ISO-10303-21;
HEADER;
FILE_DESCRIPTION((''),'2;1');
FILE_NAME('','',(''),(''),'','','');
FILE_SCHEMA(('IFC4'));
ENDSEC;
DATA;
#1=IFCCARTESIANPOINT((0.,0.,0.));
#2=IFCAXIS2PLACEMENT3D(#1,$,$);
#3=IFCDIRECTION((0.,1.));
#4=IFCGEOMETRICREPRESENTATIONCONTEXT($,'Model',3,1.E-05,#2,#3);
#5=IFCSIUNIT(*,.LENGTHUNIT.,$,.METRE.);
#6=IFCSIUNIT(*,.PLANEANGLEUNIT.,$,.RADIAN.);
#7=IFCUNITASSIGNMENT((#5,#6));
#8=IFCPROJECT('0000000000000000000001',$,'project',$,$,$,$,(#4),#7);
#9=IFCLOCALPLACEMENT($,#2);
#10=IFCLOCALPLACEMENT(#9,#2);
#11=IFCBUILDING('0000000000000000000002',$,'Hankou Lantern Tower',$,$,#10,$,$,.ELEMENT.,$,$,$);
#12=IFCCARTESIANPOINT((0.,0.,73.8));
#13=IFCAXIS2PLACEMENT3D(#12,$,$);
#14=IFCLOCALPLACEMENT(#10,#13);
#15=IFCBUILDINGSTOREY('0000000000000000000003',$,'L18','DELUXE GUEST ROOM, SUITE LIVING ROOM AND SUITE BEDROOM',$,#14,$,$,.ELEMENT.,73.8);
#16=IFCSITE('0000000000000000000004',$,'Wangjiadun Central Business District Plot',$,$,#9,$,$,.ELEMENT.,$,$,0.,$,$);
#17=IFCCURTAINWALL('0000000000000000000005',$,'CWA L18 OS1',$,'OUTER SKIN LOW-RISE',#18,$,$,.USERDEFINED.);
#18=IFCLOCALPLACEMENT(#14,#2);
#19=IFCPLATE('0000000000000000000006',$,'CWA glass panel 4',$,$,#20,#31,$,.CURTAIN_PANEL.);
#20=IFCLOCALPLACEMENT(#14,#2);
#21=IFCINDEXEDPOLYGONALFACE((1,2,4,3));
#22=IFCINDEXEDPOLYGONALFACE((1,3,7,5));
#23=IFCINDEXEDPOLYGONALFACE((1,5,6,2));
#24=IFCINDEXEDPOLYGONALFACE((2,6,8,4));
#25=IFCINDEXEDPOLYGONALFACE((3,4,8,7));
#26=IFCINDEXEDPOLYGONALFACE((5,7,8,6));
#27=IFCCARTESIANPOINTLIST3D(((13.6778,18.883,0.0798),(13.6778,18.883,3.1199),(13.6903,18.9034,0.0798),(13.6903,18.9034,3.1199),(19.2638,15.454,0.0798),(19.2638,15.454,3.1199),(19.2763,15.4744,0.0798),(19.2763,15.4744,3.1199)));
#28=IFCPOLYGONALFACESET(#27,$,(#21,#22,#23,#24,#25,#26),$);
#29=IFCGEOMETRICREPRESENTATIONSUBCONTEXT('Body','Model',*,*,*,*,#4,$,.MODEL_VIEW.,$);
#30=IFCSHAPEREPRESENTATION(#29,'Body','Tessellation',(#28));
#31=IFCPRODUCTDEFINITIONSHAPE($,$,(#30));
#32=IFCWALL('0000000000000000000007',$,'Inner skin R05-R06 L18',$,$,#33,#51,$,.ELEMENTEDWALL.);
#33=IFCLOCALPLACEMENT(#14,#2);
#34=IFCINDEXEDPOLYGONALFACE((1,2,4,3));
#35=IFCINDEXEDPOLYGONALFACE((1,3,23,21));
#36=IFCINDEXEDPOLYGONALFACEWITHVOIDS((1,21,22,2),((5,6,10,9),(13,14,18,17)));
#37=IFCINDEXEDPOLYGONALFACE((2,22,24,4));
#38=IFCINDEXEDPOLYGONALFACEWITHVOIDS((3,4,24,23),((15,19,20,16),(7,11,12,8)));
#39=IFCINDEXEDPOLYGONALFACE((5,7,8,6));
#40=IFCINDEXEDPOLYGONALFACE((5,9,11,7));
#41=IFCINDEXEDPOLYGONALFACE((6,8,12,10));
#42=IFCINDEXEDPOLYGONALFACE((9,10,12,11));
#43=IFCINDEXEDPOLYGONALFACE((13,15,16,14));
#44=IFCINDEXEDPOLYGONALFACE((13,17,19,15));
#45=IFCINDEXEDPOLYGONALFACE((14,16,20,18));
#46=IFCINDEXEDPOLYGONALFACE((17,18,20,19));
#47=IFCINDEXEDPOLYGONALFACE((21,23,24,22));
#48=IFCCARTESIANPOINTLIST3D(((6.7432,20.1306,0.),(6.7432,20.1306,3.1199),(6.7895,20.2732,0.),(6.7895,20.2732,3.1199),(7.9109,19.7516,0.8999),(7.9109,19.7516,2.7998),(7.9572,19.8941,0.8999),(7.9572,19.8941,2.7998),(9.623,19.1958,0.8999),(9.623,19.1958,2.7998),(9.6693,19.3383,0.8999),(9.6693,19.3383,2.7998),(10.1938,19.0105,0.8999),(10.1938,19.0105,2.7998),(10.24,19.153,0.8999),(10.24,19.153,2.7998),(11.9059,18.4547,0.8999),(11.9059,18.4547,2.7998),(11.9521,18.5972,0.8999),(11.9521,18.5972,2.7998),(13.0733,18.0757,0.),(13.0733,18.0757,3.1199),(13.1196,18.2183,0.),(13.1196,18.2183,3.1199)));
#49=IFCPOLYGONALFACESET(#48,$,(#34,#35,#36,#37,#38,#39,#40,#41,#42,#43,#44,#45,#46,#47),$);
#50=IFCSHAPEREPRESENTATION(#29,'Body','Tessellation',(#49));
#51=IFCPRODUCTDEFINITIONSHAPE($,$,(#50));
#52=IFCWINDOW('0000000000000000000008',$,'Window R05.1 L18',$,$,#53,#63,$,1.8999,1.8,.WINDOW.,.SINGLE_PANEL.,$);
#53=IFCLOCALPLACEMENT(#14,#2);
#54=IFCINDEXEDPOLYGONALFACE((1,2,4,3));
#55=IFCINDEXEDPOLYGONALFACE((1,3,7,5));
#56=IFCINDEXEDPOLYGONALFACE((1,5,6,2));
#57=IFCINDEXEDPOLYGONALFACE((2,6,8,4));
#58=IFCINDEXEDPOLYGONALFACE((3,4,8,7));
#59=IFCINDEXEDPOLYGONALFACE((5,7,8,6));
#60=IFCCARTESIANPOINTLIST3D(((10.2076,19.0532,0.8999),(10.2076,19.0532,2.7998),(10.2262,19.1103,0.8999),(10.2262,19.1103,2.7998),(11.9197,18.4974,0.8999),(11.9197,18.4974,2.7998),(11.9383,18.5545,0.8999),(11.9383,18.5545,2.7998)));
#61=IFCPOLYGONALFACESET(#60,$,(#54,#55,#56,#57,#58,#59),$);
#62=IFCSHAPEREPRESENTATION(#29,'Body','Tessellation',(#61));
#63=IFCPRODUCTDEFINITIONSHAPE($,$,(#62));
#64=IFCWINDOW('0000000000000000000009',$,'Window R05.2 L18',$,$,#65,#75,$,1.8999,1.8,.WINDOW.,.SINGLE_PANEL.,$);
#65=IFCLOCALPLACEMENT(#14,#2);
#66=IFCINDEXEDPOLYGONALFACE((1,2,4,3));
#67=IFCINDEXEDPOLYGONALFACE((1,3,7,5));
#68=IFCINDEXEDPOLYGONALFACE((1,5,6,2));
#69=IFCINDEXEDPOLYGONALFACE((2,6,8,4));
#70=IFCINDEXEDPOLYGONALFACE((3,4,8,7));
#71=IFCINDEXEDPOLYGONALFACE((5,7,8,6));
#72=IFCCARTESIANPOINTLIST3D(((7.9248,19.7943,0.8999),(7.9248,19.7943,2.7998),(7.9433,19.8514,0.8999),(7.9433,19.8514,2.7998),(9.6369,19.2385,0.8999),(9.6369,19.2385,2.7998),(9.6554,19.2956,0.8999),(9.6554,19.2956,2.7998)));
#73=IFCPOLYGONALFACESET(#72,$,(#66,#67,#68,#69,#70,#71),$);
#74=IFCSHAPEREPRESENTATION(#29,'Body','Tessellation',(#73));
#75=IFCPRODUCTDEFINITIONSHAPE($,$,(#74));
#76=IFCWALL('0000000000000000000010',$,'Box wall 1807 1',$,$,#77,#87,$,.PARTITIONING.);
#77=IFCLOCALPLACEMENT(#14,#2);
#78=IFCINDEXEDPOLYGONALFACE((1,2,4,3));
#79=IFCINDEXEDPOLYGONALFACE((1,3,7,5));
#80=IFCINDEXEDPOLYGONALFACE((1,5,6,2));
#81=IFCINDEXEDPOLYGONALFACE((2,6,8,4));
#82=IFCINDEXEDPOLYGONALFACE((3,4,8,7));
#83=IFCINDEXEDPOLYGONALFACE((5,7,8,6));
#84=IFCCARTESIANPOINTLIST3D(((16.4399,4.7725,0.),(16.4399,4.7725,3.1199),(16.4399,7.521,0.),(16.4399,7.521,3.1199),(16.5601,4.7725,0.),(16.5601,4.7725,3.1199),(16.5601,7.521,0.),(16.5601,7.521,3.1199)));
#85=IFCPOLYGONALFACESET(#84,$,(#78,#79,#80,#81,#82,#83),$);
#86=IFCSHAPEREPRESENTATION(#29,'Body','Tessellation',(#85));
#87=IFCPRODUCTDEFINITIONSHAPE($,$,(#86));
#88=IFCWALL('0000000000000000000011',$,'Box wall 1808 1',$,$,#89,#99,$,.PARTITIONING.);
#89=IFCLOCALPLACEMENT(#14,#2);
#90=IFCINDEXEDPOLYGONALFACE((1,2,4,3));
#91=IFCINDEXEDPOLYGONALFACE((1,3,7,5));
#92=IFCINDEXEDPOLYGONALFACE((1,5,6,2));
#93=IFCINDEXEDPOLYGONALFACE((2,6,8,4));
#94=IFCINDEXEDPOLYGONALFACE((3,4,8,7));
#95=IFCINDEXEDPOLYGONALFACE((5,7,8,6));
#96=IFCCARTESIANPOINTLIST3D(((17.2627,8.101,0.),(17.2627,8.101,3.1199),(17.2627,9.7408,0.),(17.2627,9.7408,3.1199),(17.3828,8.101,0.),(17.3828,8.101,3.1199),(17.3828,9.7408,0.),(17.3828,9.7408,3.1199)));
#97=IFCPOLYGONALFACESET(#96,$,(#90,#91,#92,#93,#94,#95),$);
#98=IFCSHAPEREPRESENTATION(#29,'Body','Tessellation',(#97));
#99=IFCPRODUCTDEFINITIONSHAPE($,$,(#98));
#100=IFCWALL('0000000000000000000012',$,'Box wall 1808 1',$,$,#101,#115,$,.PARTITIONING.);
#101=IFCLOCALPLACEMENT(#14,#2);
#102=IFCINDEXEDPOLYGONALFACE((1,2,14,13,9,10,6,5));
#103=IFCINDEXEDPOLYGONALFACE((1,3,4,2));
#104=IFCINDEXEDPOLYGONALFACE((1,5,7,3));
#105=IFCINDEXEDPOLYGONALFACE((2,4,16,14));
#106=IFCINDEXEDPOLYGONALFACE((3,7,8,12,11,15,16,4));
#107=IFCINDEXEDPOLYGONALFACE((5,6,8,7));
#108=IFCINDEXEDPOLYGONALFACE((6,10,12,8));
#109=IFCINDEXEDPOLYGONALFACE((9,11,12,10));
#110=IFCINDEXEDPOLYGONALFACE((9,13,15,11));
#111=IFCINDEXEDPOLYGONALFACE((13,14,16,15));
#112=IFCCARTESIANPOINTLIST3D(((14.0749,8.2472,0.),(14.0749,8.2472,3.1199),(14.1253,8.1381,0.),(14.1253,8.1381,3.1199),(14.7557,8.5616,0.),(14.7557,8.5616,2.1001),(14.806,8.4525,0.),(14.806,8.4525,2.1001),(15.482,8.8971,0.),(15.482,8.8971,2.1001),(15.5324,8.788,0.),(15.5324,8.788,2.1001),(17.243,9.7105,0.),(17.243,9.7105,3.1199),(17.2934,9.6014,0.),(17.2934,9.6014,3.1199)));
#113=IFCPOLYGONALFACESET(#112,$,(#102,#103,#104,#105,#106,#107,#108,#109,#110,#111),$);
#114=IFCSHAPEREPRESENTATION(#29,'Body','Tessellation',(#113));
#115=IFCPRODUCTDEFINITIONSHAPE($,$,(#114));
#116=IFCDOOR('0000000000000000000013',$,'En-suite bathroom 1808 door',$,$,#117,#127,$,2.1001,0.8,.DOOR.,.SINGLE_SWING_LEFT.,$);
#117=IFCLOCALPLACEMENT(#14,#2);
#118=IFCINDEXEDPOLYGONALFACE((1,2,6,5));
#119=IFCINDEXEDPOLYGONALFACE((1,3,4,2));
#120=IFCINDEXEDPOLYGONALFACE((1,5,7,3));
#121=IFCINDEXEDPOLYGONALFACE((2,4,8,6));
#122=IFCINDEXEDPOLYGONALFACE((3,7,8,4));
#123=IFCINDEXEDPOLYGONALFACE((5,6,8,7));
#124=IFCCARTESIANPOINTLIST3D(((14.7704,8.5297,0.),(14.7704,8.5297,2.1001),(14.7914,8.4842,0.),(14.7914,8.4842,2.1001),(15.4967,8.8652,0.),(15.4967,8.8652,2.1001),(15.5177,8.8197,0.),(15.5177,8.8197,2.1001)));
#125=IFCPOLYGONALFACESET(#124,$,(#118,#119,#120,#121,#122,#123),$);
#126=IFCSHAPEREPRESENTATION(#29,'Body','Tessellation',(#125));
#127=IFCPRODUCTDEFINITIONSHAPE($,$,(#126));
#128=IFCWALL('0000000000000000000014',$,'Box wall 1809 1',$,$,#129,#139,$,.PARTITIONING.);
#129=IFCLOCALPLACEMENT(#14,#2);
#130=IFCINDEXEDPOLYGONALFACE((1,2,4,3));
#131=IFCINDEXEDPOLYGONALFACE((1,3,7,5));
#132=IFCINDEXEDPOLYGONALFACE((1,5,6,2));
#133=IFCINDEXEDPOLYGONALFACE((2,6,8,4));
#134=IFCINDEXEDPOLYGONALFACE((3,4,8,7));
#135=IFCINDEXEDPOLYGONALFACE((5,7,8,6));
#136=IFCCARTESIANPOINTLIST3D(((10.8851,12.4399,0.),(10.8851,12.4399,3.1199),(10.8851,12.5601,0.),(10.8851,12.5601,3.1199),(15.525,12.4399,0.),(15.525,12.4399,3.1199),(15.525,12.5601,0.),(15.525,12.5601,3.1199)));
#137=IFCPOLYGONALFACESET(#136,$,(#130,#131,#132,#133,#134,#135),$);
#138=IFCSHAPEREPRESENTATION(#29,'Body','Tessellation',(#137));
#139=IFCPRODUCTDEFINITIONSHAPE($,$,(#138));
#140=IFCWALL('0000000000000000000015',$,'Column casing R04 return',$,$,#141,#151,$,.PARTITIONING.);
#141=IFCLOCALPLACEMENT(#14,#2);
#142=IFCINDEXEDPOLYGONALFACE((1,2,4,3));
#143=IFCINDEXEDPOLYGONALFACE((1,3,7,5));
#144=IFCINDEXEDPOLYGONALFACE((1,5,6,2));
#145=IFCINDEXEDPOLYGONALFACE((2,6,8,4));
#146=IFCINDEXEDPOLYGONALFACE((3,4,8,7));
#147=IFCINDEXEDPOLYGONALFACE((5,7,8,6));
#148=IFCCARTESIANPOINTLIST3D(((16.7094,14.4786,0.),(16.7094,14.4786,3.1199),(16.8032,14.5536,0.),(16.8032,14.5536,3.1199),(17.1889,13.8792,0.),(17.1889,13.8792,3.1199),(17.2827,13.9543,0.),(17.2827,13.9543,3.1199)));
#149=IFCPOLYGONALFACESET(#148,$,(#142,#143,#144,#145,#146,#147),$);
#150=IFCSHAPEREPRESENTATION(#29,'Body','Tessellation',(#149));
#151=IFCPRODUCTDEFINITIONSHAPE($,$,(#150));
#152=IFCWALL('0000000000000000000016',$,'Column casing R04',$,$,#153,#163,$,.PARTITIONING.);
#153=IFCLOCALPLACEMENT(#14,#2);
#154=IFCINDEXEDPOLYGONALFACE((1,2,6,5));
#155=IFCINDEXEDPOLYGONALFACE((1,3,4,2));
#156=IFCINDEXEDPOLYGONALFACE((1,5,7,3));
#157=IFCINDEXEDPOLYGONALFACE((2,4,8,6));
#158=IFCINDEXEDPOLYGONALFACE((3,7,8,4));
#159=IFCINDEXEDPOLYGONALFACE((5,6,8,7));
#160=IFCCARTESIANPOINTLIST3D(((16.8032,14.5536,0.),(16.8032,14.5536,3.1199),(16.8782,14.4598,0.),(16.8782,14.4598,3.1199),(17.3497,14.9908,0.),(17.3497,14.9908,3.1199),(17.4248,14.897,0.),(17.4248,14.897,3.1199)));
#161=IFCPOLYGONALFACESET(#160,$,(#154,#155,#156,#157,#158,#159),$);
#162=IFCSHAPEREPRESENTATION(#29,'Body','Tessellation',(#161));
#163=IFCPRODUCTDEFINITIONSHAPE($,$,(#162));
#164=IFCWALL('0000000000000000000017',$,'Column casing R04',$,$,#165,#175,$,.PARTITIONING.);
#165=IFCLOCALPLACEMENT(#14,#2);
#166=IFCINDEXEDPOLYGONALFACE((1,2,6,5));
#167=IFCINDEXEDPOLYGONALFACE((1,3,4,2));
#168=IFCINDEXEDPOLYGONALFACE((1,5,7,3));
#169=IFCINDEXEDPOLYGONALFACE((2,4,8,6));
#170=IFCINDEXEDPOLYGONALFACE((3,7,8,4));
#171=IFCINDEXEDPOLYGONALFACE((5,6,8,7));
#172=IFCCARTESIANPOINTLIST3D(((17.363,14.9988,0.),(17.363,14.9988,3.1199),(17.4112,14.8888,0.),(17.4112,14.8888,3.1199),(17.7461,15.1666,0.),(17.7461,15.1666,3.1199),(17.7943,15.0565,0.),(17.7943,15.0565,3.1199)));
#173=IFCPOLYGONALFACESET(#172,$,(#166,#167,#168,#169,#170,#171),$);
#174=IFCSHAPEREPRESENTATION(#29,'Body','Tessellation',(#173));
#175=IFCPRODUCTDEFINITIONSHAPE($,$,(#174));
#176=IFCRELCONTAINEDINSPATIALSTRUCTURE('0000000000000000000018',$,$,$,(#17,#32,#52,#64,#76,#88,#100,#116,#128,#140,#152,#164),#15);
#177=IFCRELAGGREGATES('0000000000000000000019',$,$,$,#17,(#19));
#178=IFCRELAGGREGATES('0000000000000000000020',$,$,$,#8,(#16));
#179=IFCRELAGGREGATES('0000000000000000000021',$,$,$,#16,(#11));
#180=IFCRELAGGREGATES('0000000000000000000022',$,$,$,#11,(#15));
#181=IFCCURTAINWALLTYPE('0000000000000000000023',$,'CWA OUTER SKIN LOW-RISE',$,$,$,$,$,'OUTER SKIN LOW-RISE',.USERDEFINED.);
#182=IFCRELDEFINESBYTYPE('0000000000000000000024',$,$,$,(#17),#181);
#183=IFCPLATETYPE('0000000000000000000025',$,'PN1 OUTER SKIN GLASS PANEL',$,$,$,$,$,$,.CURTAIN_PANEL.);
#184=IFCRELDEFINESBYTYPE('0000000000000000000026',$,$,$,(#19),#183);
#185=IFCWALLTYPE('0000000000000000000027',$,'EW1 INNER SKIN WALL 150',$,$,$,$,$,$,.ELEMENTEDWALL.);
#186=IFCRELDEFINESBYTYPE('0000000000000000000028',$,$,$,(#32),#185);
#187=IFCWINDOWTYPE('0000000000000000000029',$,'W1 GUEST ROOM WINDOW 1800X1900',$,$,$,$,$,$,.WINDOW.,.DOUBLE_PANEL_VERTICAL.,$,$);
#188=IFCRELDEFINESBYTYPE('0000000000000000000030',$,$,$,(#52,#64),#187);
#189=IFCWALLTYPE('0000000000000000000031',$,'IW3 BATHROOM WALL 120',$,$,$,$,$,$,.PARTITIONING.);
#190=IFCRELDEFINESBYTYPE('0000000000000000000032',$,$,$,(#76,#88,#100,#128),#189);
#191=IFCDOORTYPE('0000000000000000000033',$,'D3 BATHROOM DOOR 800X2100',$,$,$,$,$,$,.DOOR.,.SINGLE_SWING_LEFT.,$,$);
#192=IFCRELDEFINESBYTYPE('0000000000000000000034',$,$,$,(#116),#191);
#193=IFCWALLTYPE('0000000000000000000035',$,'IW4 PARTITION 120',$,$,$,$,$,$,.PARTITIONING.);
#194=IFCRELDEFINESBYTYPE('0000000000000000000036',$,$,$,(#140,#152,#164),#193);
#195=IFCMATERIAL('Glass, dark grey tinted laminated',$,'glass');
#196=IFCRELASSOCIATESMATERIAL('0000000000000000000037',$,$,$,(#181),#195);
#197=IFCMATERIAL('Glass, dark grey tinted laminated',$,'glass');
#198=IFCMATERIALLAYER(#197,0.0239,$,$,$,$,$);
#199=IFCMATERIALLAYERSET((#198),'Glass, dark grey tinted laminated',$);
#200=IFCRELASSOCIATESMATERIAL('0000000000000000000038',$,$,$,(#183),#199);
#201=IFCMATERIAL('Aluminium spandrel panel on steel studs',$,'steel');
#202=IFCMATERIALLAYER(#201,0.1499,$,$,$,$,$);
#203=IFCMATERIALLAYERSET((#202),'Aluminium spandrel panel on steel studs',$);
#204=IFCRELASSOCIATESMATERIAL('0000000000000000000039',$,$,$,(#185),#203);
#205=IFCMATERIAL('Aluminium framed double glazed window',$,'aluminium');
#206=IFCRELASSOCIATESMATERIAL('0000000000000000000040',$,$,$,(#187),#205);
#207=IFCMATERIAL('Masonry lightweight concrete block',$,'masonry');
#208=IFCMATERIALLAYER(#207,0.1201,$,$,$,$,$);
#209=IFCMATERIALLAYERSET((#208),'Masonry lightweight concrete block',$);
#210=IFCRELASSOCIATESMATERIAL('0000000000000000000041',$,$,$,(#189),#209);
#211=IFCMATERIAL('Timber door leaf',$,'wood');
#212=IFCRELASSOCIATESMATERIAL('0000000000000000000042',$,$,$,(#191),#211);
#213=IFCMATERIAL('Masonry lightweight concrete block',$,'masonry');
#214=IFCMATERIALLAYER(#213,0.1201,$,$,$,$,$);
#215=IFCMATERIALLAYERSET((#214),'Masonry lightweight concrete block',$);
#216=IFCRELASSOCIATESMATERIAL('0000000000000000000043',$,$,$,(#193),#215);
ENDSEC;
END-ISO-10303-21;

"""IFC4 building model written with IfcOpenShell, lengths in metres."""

from ifc_helpers import new_model, si_unit, direction, frame, frame_2d, origin, origin_2d, place, context, subcontext, project, spatial, rectangle, extrude, material, layer, layer_set, type_object, element, fill, aggregate, save


model = new_model("IFC4")

# Units and contexts
model_context = context("Model", 3, precision=1e-05, world=origin(), true_north=direction((0.0, 1.0)))
body_context = subcontext(model_context, "Body", "Model", "MODEL_VIEW")
ifc_project = project(units=[si_unit("LENGTHUNIT", "METRE"), si_unit("PLANEANGLEUNIT", "RADIAN")], contexts=[model_context])

# Site, building, storey
site_placement = place(None, origin())
site = spatial("IfcSite", under=ifc_project, at=site_placement, Name="Wangjiadun Central Business District Plot", CompositionType="ELEMENT", RefElevation=0.0)
building_placement = place(site_placement, origin())
building = spatial("IfcBuilding", under=site, at=building_placement, Name="Hankou Lantern Tower", CompositionType="ELEMENT")
storey_placement = place(building_placement, frame((0.0, 0.0, 73.8)))
storey = spatial("IfcBuildingStorey", under=building, at=storey_placement, Name="L18", Description="DELUXE GUEST ROOM, SUITE LIVING ROOM AND SUITE BEDROOM", CompositionType="ELEMENT", Elevation=73.8)

# Curtain wall
ifc_material_1 = material(Name="Glass, dark grey tinted laminated", Category="glass")
curtain_wall_type = type_object("IfcCurtainWallType", Name="CWA OUTER SKIN LOW-RISE", ElementType="OUTER SKIN LOW-RISE", PredefinedType="USERDEFINED", material=ifc_material_1)
curtain_wall_placement = place(storey_placement, origin())
curtain_wall = element("IfcCurtainWall", 1, at=curtain_wall_placement, inside=storey, type_object=curtain_wall_type, Name="CWA L18 OS1", ObjectType="OUTER SKIN LOW-RISE", PredefinedType="USERDEFINED")

# Plate
ifc_material_2 = material(Name="Glass, dark grey tinted laminated", Category="glass")
ifc_layer_1 = layer(ifc_material_2, 0.0239)
ifc_layer_set_1 = layer_set([ifc_layer_1], Name="Glass, dark grey tinted laminated")
plate_type = type_object("IfcPlateType", Name="PN1 OUTER SKIN GLASS PANEL", PredefinedType="CURTAIN_PANEL", material=ifc_layer_set_1)
plate_placement = place(storey_placement, frame((16.4771, 17.1787, 0.0798), z_axis=(0.0, 0.0, 1.0), x_axis=(-0.852237, 0.523156, 0.0)))
plate = element("IfcPlate", 2, at=plate_placement, type_object=plate_type, Name="CWA glass panel 4", PredefinedType="CURTAIN_PANEL", context=body_context, shape_type="SweptSolid", body=[
    extrude(rectangle(XDim=6.5544, YDim=0.0239, at=origin_2d()), origin(), (0.0, 0.0, 1.0), 3.04),
])
aggregate(curtain_wall, [plate])

# Wall, openings, windows
ifc_material_3 = material(Name="Aluminium spandrel panel on steel studs", Category="steel")
ifc_layer_2 = layer(ifc_material_3, 0.1499)
ifc_layer_set_2 = layer_set([ifc_layer_2], Name="Aluminium spandrel panel on steel studs")
wall_type_1 = type_object("IfcWallType", Name="EW1 INNER SKIN WALL 150", PredefinedType="ELEMENTEDWALL", material=ifc_layer_set_2)
wall_1_placement = place(storey_placement, frame((13.0964, 18.147, 0.0), z_axis=(0.0, 0.0, 1.0), x_axis=(-0.951138, 0.308768, 0.0)))
wall_1 = element("IfcWall", 3, at=wall_1_placement, inside=storey, type_object=wall_type_1, Name="Inner skin R05-R06 L18", PredefinedType="ELEMENTEDWALL", context=body_context, shape_type="SweptSolid", body=[
    extrude(rectangle(XDim=6.6553, YDim=0.1499, at=frame_2d((3.3276, 0.0))), origin(), (0.0, 0.0, 1.0), 3.1199),
])
opening_1_placement = place(wall_1_placement, frame((1.2275, 0.0, 0.8999)))
opening_1 = element("IfcOpeningElement", 4, at=opening_1_placement, cuts=wall_1, PredefinedType="OPENING", context=body_context, shape_type="SweptSolid", body=[
    extrude(rectangle(XDim=1.8, YDim=1.8999, at=frame_2d((0.8999, 0.95))), frame((0.0, 0.085, 0.0), z_axis=(0.0, -1.0, 0.0), x_axis=(1.0, 0.0, 0.0)), (0.0, 0.0, 1.0), 0.1699),
])
opening_2_placement = place(wall_1_placement, frame((3.6277, 0.0, 0.8999)))
opening_2 = element("IfcOpeningElement", 5, at=opening_2_placement, cuts=wall_1, PredefinedType="OPENING", context=body_context, shape_type="SweptSolid", body=[
    extrude(rectangle(XDim=1.8, YDim=1.8999, at=frame_2d((0.8999, 0.95))), frame((0.0, 0.085, 0.0), z_axis=(0.0, -1.0, 0.0), x_axis=(1.0, 0.0, 0.0)), (0.0, 0.0, 1.0), 0.1699),
])
ifc_material_4 = material(Name="Aluminium framed double glazed window", Category="aluminium")
window_type = type_object("IfcWindowType", Name="W1 GUEST ROOM WINDOW 1800X1900", PartitioningType="DOUBLE_PANEL_VERTICAL", PredefinedType="WINDOW", material=ifc_material_4)
window_1_placement = place(opening_1_placement, origin())
window_1 = element("IfcWindow", 6, at=window_1_placement, inside=storey, type_object=window_type, Name="Window R05.1 L18", OverallHeight=1.8999, OverallWidth=1.8, PartitioningType="SINGLE_PANEL", PredefinedType="WINDOW", context=body_context, shape_type="SweptSolid", body=[
    extrude(rectangle(XDim=1.8, YDim=1.8999, at=frame_2d((0.8999, 0.95))), frame((0.0, 0.03, 0.0), z_axis=(0.0, -1.0, 0.0), x_axis=(1.0, 0.0, 0.0)), (0.0, 0.0, 1.0), 0.0601),
])
fill(opening_1, window_1)
window_2_placement = place(opening_2_placement, origin())
window_2 = element("IfcWindow", 7, at=window_2_placement, inside=storey, type_object=window_type, Name="Window R05.2 L18", OverallHeight=1.8999, OverallWidth=1.8, PartitioningType="SINGLE_PANEL", PredefinedType="WINDOW", context=body_context, shape_type="SweptSolid", body=[
    extrude(rectangle(XDim=1.8, YDim=1.8999, at=frame_2d((0.8999, 0.95))), frame((0.0, 0.03, 0.0), z_axis=(0.0, -1.0, 0.0), x_axis=(1.0, 0.0, 0.0)), (0.0, 0.0, 1.0), 0.0601),
])
fill(opening_2, window_2)

# Walls
ifc_material_5 = material(Name="Masonry lightweight concrete block", Category="masonry")
ifc_layer_3 = layer(ifc_material_5, 0.1201)
ifc_layer_set_3 = layer_set([ifc_layer_3], Name="Masonry lightweight concrete block")
wall_type_2 = type_object("IfcWallType", Name="IW3 BATHROOM WALL 120", PredefinedType="PARTITIONING", material=ifc_layer_set_3)
wall_2_placement = place(storey_placement, frame((16.5, 7.521, 0.0), z_axis=(0.0, 0.0, 1.0), x_axis=(0.0, -1.0, 0.0)))
element("IfcWall", 8, at=wall_2_placement, inside=storey, type_object=wall_type_2, Name="Box wall 1807 1", PredefinedType="PARTITIONING", context=body_context, shape_type="SweptSolid", body=[
    extrude(rectangle(XDim=2.7485, YDim=0.1201, at=frame_2d((1.3743, 0.0))), origin(), (0.0, 0.0, 1.0), 3.1199),
])
wall_3_placement = place(storey_placement, frame((17.3228, 8.1011, 0.0), z_axis=(0.0, 0.0, 1.0), x_axis=(0.0, 1.0, 0.0)))
element("IfcWall", 9, at=wall_3_placement, inside=storey, type_object=wall_type_2, Name="Box wall 1808 1", PredefinedType="PARTITIONING", context=body_context, shape_type="SweptSolid", body=[
    extrude(rectangle(XDim=1.6399, YDim=0.1201, at=frame_2d((0.8198, 0.0))), origin(), (0.0, 0.0, 1.0), 3.1199),
])

# Wall, opening, door
wall_4_placement = place(storey_placement, frame((14.1001, 8.1926, 0.0), z_axis=(0.0, 0.0, 1.0), x_axis=(0.907836, 0.419324, 0.0)))
wall_4 = element("IfcWall", 10, at=wall_4_placement, inside=storey, type_object=wall_type_2, Name="Box wall 1808 1", PredefinedType="PARTITIONING", context=body_context, shape_type="SweptSolid", body=[
    extrude(rectangle(XDim=3.4897, YDim=0.1201, at=frame_2d((1.7449, 0.0))), origin(), (0.0, 0.0, 1.0), 3.1199),
])
opening_3_placement = place(wall_4_placement, frame((0.75, 0.0, 0.0)))
opening_3 = element("IfcOpeningElement", 11, at=opening_3_placement, cuts=wall_4, PredefinedType="OPENING", context=body_context, shape_type="SweptSolid", body=[
    extrude(rectangle(XDim=0.8, YDim=2.1001, at=frame_2d((0.3999, 1.05))), frame((0.0, 0.0701, 0.0), z_axis=(0.0, -1.0, 0.0), x_axis=(1.0, 0.0, 0.0)), (0.0, 0.0, 1.0), 0.1401),
])
ifc_material_6 = material(Name="Timber door leaf", Category="wood")
door_type = type_object("IfcDoorType", Name="D3 BATHROOM DOOR 800X2100", OperationType="SINGLE_SWING_LEFT", PredefinedType="DOOR", material=ifc_material_6)
door_placement = place(opening_3_placement, origin())
door = element("IfcDoor", 12, at=door_placement, inside=storey, type_object=door_type, Name="En-suite bathroom 1808 door", OperationType="SINGLE_SWING_LEFT", OverallHeight=2.1001, OverallWidth=0.8, PredefinedType="DOOR", context=body_context, shape_type="SweptSolid", body=[
    extrude(rectangle(XDim=0.8, YDim=2.1001, at=frame_2d((0.3999, 1.05))), frame((0.0, 0.0249, 0.0), z_axis=(0.0, -1.0, 0.0), x_axis=(1.0, 0.0, 0.0)), (0.0, 0.0, 1.0), 0.05),
])
fill(opening_3, door)

# Walls
wall_5_placement = place(storey_placement, frame((15.5249, 12.5, 0.0), z_axis=(0.0, 0.0, 1.0), x_axis=(-1.0, 0.0, 0.0)))
element("IfcWall", 13, at=wall_5_placement, inside=storey, type_object=wall_type_2, Name="Box wall 1809 1", PredefinedType="PARTITIONING", context=body_context, shape_type="SweptSolid", body=[
    extrude(rectangle(XDim=4.6399, YDim=0.1201, at=frame_2d((2.3198, 0.0))), origin(), (0.0, 0.0, 1.0), 3.1199),
])
ifc_material_7 = material(Name="Masonry lightweight concrete block", Category="masonry")
ifc_layer_4 = layer(ifc_material_7, 0.1201)
ifc_layer_set_4 = layer_set([ifc_layer_4], Name="Masonry lightweight concrete block")
wall_type_3 = type_object("IfcWallType", Name="IW4 PARTITION 120", PredefinedType="PARTITIONING", material=ifc_layer_set_4)
wall_6_placement = place(storey_placement, frame((17.2358, 13.9167, 0.0), z_axis=(0.0, 0.0, 1.0), x_axis=(-0.624695, 0.780869, 0.0)))
element("IfcWall", 14, at=wall_6_placement, inside=storey, type_object=wall_type_3, Name="Column casing R04 return", PredefinedType="PARTITIONING", context=body_context, shape_type="SweptSolid", body=[
    extrude(rectangle(XDim=0.7676, YDim=0.1201, at=frame_2d((0.3838, 0.0))), origin(), (0.0, 0.0, 1.0), 3.1199),
])
wall_7_placement = place(storey_placement, frame((16.8406, 14.5066, 0.0), z_axis=(0.0, 0.0, 1.0), x_axis=(0.780903, 0.624653, 0.0)))
element("IfcWall", 15, at=wall_7_placement, inside=storey, type_object=wall_type_3, Name="Column casing R04", PredefinedType="PARTITIONING", context=body_context, shape_type="SweptSolid", body=[
    extrude(rectangle(XDim=0.7, YDim=0.1201, at=frame_2d((0.3501, 0.0))), origin(), (0.0, 0.0, 1.0), 3.1199),
])
wall_8_placement = place(storey_placement, frame((17.3872, 14.9438, 0.0), z_axis=(0.0, 0.0, 1.0), x_axis=(0.916037, 0.401094, 0.0)))
element("IfcWall", 16, at=wall_8_placement, inside=storey, type_object=wall_type_3, Name="Column casing R04", PredefinedType="PARTITIONING", context=body_context, shape_type="SweptSolid", body=[
    extrude(rectangle(XDim=0.4182, YDim=0.1201, at=frame_2d((0.209, 0.0))), origin(), (0.0, 0.0, 1.0), 3.1199),
])

save(model, "model.ifc")
